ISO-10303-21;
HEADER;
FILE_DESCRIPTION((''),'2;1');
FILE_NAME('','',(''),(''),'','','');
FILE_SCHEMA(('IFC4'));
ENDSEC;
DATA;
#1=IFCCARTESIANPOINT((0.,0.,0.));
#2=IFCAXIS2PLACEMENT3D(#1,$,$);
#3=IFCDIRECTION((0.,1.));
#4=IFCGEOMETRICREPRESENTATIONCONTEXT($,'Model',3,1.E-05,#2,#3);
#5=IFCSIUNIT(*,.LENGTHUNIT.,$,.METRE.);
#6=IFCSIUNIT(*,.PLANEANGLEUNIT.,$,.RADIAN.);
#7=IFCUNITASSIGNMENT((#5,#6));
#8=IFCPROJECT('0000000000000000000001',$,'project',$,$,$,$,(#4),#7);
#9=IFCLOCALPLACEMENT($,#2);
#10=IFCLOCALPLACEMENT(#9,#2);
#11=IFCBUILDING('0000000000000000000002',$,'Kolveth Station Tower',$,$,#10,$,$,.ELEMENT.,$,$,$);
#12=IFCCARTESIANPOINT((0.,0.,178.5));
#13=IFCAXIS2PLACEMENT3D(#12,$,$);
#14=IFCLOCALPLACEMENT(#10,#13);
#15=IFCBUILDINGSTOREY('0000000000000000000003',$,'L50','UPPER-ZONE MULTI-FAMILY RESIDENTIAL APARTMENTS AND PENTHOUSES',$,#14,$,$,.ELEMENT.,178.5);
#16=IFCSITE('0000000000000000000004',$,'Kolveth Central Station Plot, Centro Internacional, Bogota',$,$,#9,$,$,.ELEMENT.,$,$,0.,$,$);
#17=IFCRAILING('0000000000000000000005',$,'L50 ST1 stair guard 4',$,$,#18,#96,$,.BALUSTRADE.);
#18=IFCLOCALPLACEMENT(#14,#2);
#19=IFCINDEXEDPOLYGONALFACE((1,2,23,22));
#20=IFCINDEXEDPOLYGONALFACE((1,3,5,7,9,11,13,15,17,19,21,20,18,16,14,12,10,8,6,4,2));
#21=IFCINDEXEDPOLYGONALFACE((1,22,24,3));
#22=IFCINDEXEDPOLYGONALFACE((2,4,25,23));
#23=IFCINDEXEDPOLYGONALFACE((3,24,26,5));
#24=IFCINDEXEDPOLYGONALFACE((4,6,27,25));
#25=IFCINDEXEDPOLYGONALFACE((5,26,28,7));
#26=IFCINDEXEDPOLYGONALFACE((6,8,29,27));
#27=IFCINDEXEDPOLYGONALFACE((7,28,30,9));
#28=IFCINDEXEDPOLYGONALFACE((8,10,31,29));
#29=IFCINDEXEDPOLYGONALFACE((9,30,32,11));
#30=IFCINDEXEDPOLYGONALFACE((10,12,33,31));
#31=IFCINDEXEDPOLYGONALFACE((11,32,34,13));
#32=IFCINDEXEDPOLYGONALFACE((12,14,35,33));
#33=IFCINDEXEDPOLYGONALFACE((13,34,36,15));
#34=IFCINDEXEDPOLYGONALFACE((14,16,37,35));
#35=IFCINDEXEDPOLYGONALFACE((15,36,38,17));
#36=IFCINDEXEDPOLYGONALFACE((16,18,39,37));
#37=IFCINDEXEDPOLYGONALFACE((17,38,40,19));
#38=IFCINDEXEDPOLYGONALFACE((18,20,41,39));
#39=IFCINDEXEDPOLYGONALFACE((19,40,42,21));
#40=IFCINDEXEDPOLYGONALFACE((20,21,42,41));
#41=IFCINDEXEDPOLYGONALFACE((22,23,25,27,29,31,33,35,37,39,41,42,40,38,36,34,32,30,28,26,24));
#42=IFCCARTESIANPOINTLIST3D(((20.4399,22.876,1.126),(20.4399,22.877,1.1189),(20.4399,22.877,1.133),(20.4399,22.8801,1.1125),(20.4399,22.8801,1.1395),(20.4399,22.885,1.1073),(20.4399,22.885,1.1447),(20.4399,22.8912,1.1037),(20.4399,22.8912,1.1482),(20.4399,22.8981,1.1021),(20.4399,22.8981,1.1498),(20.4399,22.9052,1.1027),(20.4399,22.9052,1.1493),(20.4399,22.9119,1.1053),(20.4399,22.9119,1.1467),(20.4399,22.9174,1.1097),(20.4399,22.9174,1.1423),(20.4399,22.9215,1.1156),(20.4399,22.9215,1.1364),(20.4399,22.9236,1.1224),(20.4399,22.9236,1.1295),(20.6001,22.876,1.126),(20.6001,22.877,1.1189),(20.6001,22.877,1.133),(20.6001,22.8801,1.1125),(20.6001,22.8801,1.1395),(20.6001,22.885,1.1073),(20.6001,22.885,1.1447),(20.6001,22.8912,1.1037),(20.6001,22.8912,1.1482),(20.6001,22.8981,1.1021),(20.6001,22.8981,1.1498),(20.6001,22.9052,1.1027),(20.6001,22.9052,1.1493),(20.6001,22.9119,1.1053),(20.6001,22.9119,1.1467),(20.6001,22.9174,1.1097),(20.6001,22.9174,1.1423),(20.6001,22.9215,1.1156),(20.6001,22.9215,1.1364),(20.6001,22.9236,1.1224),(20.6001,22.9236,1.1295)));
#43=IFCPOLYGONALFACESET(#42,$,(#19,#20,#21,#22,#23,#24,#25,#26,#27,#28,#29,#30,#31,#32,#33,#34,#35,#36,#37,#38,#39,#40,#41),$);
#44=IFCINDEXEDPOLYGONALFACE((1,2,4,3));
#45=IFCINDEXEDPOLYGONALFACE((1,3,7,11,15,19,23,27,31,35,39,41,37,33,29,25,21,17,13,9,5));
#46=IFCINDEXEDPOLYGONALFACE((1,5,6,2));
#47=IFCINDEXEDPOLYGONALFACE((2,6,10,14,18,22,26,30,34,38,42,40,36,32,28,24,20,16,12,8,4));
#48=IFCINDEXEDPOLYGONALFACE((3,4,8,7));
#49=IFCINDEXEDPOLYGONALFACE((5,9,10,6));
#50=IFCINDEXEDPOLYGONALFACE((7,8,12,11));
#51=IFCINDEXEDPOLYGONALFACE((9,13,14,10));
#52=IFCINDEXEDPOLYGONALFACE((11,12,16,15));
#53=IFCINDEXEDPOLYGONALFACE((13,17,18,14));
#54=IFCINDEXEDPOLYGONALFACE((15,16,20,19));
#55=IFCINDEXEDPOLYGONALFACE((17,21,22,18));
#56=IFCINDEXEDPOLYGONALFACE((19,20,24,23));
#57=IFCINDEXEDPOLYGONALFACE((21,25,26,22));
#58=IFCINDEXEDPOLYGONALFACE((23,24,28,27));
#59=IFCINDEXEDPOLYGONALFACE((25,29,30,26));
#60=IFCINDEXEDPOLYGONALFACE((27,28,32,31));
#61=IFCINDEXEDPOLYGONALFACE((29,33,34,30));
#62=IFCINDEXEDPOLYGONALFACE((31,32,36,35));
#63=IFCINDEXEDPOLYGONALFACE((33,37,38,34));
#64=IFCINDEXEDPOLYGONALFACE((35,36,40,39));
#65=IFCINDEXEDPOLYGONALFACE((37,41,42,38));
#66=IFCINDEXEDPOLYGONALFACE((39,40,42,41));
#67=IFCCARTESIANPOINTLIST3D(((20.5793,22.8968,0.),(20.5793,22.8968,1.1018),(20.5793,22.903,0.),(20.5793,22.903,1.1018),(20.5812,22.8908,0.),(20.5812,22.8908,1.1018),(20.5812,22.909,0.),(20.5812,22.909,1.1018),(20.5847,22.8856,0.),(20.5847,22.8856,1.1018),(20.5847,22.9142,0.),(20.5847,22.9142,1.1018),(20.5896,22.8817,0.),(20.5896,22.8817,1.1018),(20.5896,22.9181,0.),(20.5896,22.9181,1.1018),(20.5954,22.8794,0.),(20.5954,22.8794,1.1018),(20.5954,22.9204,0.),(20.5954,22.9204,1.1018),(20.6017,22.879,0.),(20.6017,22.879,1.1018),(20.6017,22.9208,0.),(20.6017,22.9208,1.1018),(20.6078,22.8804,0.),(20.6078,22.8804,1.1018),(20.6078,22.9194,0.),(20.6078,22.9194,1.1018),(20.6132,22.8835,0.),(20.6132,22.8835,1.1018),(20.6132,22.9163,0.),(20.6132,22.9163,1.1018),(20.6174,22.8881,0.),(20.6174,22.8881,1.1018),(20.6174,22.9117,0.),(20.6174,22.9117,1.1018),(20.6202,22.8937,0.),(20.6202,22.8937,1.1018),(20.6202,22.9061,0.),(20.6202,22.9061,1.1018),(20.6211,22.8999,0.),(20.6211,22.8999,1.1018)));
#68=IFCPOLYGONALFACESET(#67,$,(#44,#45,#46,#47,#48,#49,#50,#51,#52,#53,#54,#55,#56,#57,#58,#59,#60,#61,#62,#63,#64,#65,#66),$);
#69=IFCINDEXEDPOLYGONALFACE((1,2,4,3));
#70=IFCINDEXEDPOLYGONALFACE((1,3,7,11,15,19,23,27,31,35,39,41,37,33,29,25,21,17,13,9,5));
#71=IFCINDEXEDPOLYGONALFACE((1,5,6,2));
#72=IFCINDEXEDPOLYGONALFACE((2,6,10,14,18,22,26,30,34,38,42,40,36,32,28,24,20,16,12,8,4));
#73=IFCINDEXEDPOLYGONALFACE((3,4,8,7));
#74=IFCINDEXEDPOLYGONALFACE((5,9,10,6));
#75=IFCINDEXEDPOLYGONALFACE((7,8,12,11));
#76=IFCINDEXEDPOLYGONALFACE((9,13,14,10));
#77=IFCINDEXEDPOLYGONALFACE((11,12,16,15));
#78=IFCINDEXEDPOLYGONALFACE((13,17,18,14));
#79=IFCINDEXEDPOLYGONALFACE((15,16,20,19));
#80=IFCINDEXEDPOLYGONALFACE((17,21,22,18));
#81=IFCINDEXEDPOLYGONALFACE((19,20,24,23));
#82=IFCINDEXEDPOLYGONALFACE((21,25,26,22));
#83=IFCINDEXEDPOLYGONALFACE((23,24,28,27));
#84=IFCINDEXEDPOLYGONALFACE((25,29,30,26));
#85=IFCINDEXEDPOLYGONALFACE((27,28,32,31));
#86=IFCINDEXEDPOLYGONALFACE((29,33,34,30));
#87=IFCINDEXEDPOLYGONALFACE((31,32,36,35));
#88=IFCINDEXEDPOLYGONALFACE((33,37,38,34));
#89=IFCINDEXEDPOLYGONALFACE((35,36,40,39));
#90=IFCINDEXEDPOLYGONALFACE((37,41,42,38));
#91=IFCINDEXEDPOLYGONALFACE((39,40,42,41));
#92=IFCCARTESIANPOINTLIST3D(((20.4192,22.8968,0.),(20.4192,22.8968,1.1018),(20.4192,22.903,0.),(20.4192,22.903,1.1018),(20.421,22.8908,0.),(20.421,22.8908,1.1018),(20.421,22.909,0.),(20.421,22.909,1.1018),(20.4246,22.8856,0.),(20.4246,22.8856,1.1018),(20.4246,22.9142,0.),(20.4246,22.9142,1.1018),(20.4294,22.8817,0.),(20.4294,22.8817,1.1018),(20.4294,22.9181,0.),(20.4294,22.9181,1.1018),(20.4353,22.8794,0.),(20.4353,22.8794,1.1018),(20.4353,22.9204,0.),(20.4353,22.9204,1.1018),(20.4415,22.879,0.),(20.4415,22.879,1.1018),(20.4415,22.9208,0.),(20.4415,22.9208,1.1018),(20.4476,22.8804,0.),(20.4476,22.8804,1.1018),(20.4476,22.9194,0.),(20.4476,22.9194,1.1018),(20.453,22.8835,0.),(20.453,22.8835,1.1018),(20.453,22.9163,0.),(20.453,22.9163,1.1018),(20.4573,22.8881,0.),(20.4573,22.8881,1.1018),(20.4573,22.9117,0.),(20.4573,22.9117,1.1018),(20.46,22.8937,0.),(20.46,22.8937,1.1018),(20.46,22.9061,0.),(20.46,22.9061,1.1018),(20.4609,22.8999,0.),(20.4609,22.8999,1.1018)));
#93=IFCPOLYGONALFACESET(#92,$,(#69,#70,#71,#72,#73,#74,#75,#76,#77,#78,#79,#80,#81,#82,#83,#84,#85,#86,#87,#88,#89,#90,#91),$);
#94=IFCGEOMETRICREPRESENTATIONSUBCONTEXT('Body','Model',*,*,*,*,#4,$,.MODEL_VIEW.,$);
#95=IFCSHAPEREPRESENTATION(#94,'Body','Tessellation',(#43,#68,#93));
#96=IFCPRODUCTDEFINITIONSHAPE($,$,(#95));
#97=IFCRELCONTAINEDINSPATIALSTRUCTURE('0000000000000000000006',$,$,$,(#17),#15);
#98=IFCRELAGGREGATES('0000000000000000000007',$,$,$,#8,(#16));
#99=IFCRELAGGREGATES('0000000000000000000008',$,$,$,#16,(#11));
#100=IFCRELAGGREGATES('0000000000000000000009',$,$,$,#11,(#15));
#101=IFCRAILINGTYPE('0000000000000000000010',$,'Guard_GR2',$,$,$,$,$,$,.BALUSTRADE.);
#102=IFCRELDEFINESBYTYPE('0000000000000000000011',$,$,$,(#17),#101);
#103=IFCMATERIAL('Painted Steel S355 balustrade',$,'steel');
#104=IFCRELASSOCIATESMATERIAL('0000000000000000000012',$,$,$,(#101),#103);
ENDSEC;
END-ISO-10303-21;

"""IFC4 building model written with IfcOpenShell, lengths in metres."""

from ifc_helpers import new_model, si_unit, direction, frame, origin, origin_2d, place, context, subcontext, project, spatial, circle, extrude, material, type_object, element, save


model = new_model("IFC4")

# Units and contexts
model_context = context("Model", 3, precision=1e-05, world=origin(), true_north=direction((0.0, 1.0)))
body_context = subcontext(model_context, "Body", "Model", "MODEL_VIEW")
ifc_project = project(units=[si_unit("LENGTHUNIT", "METRE"), si_unit("PLANEANGLEUNIT", "RADIAN")], contexts=[model_context])

# Site, building, storey
site_placement = place(None, origin())
site = spatial("IfcSite", under=ifc_project, at=site_placement, Name="Kolveth Central Station Plot, Centro Internacional, Bogota", CompositionType="ELEMENT", RefElevation=0.0)
building_placement = place(site_placement, origin())
building = spatial("IfcBuilding", under=site, at=building_placement, Name="Kolveth Station Tower", CompositionType="ELEMENT")
storey_placement = place(building_placement, frame((0.0, 0.0, 178.5)))
storey = spatial("IfcBuildingStorey", under=building, at=storey_placement, Name="L50", Description="UPPER-ZONE MULTI-FAMILY RESIDENTIAL APARTMENTS AND PENTHOUSES", CompositionType="ELEMENT", Elevation=178.5)

# Railing
ifc_material_1 = material(Name="Painted Steel S355 balustrade", Category="steel")
railing_type_1 = type_object("IfcRailingType", Name="Guard_GR2", PredefinedType="BALUSTRADE", material=ifc_material_1)
railing_1_placement = place(storey_placement, frame((20.6001, 22.8999, 0.0)))
element("IfcRailing", 1, at=railing_1_placement, inside=storey, type_object=railing_type_1, Name="L50 ST1 stair guard 4", PredefinedType="BALUSTRADE", context=body_context, shape_type="SweptSolid", body=[
    extrude(circle(Radius=0.0239, at=origin_2d()), frame((0.0, 0.0, 1.126), z_axis=(-1.0, 0.0, 0.0), x_axis=(0.0, -1.0, 0.0)), (0.0, 0.0, 1.0), 0.1602),
    extrude(circle(Radius=0.021, at=origin_2d()), origin(), (0.0, 0.0, 1.0), 1.1018),
    extrude(circle(Radius=0.021, at=origin_2d()), frame((-0.1602, 0.0, 0.0)), (0.0, 0.0, 1.0), 1.1018),
])

save(model, "model.ifc")
